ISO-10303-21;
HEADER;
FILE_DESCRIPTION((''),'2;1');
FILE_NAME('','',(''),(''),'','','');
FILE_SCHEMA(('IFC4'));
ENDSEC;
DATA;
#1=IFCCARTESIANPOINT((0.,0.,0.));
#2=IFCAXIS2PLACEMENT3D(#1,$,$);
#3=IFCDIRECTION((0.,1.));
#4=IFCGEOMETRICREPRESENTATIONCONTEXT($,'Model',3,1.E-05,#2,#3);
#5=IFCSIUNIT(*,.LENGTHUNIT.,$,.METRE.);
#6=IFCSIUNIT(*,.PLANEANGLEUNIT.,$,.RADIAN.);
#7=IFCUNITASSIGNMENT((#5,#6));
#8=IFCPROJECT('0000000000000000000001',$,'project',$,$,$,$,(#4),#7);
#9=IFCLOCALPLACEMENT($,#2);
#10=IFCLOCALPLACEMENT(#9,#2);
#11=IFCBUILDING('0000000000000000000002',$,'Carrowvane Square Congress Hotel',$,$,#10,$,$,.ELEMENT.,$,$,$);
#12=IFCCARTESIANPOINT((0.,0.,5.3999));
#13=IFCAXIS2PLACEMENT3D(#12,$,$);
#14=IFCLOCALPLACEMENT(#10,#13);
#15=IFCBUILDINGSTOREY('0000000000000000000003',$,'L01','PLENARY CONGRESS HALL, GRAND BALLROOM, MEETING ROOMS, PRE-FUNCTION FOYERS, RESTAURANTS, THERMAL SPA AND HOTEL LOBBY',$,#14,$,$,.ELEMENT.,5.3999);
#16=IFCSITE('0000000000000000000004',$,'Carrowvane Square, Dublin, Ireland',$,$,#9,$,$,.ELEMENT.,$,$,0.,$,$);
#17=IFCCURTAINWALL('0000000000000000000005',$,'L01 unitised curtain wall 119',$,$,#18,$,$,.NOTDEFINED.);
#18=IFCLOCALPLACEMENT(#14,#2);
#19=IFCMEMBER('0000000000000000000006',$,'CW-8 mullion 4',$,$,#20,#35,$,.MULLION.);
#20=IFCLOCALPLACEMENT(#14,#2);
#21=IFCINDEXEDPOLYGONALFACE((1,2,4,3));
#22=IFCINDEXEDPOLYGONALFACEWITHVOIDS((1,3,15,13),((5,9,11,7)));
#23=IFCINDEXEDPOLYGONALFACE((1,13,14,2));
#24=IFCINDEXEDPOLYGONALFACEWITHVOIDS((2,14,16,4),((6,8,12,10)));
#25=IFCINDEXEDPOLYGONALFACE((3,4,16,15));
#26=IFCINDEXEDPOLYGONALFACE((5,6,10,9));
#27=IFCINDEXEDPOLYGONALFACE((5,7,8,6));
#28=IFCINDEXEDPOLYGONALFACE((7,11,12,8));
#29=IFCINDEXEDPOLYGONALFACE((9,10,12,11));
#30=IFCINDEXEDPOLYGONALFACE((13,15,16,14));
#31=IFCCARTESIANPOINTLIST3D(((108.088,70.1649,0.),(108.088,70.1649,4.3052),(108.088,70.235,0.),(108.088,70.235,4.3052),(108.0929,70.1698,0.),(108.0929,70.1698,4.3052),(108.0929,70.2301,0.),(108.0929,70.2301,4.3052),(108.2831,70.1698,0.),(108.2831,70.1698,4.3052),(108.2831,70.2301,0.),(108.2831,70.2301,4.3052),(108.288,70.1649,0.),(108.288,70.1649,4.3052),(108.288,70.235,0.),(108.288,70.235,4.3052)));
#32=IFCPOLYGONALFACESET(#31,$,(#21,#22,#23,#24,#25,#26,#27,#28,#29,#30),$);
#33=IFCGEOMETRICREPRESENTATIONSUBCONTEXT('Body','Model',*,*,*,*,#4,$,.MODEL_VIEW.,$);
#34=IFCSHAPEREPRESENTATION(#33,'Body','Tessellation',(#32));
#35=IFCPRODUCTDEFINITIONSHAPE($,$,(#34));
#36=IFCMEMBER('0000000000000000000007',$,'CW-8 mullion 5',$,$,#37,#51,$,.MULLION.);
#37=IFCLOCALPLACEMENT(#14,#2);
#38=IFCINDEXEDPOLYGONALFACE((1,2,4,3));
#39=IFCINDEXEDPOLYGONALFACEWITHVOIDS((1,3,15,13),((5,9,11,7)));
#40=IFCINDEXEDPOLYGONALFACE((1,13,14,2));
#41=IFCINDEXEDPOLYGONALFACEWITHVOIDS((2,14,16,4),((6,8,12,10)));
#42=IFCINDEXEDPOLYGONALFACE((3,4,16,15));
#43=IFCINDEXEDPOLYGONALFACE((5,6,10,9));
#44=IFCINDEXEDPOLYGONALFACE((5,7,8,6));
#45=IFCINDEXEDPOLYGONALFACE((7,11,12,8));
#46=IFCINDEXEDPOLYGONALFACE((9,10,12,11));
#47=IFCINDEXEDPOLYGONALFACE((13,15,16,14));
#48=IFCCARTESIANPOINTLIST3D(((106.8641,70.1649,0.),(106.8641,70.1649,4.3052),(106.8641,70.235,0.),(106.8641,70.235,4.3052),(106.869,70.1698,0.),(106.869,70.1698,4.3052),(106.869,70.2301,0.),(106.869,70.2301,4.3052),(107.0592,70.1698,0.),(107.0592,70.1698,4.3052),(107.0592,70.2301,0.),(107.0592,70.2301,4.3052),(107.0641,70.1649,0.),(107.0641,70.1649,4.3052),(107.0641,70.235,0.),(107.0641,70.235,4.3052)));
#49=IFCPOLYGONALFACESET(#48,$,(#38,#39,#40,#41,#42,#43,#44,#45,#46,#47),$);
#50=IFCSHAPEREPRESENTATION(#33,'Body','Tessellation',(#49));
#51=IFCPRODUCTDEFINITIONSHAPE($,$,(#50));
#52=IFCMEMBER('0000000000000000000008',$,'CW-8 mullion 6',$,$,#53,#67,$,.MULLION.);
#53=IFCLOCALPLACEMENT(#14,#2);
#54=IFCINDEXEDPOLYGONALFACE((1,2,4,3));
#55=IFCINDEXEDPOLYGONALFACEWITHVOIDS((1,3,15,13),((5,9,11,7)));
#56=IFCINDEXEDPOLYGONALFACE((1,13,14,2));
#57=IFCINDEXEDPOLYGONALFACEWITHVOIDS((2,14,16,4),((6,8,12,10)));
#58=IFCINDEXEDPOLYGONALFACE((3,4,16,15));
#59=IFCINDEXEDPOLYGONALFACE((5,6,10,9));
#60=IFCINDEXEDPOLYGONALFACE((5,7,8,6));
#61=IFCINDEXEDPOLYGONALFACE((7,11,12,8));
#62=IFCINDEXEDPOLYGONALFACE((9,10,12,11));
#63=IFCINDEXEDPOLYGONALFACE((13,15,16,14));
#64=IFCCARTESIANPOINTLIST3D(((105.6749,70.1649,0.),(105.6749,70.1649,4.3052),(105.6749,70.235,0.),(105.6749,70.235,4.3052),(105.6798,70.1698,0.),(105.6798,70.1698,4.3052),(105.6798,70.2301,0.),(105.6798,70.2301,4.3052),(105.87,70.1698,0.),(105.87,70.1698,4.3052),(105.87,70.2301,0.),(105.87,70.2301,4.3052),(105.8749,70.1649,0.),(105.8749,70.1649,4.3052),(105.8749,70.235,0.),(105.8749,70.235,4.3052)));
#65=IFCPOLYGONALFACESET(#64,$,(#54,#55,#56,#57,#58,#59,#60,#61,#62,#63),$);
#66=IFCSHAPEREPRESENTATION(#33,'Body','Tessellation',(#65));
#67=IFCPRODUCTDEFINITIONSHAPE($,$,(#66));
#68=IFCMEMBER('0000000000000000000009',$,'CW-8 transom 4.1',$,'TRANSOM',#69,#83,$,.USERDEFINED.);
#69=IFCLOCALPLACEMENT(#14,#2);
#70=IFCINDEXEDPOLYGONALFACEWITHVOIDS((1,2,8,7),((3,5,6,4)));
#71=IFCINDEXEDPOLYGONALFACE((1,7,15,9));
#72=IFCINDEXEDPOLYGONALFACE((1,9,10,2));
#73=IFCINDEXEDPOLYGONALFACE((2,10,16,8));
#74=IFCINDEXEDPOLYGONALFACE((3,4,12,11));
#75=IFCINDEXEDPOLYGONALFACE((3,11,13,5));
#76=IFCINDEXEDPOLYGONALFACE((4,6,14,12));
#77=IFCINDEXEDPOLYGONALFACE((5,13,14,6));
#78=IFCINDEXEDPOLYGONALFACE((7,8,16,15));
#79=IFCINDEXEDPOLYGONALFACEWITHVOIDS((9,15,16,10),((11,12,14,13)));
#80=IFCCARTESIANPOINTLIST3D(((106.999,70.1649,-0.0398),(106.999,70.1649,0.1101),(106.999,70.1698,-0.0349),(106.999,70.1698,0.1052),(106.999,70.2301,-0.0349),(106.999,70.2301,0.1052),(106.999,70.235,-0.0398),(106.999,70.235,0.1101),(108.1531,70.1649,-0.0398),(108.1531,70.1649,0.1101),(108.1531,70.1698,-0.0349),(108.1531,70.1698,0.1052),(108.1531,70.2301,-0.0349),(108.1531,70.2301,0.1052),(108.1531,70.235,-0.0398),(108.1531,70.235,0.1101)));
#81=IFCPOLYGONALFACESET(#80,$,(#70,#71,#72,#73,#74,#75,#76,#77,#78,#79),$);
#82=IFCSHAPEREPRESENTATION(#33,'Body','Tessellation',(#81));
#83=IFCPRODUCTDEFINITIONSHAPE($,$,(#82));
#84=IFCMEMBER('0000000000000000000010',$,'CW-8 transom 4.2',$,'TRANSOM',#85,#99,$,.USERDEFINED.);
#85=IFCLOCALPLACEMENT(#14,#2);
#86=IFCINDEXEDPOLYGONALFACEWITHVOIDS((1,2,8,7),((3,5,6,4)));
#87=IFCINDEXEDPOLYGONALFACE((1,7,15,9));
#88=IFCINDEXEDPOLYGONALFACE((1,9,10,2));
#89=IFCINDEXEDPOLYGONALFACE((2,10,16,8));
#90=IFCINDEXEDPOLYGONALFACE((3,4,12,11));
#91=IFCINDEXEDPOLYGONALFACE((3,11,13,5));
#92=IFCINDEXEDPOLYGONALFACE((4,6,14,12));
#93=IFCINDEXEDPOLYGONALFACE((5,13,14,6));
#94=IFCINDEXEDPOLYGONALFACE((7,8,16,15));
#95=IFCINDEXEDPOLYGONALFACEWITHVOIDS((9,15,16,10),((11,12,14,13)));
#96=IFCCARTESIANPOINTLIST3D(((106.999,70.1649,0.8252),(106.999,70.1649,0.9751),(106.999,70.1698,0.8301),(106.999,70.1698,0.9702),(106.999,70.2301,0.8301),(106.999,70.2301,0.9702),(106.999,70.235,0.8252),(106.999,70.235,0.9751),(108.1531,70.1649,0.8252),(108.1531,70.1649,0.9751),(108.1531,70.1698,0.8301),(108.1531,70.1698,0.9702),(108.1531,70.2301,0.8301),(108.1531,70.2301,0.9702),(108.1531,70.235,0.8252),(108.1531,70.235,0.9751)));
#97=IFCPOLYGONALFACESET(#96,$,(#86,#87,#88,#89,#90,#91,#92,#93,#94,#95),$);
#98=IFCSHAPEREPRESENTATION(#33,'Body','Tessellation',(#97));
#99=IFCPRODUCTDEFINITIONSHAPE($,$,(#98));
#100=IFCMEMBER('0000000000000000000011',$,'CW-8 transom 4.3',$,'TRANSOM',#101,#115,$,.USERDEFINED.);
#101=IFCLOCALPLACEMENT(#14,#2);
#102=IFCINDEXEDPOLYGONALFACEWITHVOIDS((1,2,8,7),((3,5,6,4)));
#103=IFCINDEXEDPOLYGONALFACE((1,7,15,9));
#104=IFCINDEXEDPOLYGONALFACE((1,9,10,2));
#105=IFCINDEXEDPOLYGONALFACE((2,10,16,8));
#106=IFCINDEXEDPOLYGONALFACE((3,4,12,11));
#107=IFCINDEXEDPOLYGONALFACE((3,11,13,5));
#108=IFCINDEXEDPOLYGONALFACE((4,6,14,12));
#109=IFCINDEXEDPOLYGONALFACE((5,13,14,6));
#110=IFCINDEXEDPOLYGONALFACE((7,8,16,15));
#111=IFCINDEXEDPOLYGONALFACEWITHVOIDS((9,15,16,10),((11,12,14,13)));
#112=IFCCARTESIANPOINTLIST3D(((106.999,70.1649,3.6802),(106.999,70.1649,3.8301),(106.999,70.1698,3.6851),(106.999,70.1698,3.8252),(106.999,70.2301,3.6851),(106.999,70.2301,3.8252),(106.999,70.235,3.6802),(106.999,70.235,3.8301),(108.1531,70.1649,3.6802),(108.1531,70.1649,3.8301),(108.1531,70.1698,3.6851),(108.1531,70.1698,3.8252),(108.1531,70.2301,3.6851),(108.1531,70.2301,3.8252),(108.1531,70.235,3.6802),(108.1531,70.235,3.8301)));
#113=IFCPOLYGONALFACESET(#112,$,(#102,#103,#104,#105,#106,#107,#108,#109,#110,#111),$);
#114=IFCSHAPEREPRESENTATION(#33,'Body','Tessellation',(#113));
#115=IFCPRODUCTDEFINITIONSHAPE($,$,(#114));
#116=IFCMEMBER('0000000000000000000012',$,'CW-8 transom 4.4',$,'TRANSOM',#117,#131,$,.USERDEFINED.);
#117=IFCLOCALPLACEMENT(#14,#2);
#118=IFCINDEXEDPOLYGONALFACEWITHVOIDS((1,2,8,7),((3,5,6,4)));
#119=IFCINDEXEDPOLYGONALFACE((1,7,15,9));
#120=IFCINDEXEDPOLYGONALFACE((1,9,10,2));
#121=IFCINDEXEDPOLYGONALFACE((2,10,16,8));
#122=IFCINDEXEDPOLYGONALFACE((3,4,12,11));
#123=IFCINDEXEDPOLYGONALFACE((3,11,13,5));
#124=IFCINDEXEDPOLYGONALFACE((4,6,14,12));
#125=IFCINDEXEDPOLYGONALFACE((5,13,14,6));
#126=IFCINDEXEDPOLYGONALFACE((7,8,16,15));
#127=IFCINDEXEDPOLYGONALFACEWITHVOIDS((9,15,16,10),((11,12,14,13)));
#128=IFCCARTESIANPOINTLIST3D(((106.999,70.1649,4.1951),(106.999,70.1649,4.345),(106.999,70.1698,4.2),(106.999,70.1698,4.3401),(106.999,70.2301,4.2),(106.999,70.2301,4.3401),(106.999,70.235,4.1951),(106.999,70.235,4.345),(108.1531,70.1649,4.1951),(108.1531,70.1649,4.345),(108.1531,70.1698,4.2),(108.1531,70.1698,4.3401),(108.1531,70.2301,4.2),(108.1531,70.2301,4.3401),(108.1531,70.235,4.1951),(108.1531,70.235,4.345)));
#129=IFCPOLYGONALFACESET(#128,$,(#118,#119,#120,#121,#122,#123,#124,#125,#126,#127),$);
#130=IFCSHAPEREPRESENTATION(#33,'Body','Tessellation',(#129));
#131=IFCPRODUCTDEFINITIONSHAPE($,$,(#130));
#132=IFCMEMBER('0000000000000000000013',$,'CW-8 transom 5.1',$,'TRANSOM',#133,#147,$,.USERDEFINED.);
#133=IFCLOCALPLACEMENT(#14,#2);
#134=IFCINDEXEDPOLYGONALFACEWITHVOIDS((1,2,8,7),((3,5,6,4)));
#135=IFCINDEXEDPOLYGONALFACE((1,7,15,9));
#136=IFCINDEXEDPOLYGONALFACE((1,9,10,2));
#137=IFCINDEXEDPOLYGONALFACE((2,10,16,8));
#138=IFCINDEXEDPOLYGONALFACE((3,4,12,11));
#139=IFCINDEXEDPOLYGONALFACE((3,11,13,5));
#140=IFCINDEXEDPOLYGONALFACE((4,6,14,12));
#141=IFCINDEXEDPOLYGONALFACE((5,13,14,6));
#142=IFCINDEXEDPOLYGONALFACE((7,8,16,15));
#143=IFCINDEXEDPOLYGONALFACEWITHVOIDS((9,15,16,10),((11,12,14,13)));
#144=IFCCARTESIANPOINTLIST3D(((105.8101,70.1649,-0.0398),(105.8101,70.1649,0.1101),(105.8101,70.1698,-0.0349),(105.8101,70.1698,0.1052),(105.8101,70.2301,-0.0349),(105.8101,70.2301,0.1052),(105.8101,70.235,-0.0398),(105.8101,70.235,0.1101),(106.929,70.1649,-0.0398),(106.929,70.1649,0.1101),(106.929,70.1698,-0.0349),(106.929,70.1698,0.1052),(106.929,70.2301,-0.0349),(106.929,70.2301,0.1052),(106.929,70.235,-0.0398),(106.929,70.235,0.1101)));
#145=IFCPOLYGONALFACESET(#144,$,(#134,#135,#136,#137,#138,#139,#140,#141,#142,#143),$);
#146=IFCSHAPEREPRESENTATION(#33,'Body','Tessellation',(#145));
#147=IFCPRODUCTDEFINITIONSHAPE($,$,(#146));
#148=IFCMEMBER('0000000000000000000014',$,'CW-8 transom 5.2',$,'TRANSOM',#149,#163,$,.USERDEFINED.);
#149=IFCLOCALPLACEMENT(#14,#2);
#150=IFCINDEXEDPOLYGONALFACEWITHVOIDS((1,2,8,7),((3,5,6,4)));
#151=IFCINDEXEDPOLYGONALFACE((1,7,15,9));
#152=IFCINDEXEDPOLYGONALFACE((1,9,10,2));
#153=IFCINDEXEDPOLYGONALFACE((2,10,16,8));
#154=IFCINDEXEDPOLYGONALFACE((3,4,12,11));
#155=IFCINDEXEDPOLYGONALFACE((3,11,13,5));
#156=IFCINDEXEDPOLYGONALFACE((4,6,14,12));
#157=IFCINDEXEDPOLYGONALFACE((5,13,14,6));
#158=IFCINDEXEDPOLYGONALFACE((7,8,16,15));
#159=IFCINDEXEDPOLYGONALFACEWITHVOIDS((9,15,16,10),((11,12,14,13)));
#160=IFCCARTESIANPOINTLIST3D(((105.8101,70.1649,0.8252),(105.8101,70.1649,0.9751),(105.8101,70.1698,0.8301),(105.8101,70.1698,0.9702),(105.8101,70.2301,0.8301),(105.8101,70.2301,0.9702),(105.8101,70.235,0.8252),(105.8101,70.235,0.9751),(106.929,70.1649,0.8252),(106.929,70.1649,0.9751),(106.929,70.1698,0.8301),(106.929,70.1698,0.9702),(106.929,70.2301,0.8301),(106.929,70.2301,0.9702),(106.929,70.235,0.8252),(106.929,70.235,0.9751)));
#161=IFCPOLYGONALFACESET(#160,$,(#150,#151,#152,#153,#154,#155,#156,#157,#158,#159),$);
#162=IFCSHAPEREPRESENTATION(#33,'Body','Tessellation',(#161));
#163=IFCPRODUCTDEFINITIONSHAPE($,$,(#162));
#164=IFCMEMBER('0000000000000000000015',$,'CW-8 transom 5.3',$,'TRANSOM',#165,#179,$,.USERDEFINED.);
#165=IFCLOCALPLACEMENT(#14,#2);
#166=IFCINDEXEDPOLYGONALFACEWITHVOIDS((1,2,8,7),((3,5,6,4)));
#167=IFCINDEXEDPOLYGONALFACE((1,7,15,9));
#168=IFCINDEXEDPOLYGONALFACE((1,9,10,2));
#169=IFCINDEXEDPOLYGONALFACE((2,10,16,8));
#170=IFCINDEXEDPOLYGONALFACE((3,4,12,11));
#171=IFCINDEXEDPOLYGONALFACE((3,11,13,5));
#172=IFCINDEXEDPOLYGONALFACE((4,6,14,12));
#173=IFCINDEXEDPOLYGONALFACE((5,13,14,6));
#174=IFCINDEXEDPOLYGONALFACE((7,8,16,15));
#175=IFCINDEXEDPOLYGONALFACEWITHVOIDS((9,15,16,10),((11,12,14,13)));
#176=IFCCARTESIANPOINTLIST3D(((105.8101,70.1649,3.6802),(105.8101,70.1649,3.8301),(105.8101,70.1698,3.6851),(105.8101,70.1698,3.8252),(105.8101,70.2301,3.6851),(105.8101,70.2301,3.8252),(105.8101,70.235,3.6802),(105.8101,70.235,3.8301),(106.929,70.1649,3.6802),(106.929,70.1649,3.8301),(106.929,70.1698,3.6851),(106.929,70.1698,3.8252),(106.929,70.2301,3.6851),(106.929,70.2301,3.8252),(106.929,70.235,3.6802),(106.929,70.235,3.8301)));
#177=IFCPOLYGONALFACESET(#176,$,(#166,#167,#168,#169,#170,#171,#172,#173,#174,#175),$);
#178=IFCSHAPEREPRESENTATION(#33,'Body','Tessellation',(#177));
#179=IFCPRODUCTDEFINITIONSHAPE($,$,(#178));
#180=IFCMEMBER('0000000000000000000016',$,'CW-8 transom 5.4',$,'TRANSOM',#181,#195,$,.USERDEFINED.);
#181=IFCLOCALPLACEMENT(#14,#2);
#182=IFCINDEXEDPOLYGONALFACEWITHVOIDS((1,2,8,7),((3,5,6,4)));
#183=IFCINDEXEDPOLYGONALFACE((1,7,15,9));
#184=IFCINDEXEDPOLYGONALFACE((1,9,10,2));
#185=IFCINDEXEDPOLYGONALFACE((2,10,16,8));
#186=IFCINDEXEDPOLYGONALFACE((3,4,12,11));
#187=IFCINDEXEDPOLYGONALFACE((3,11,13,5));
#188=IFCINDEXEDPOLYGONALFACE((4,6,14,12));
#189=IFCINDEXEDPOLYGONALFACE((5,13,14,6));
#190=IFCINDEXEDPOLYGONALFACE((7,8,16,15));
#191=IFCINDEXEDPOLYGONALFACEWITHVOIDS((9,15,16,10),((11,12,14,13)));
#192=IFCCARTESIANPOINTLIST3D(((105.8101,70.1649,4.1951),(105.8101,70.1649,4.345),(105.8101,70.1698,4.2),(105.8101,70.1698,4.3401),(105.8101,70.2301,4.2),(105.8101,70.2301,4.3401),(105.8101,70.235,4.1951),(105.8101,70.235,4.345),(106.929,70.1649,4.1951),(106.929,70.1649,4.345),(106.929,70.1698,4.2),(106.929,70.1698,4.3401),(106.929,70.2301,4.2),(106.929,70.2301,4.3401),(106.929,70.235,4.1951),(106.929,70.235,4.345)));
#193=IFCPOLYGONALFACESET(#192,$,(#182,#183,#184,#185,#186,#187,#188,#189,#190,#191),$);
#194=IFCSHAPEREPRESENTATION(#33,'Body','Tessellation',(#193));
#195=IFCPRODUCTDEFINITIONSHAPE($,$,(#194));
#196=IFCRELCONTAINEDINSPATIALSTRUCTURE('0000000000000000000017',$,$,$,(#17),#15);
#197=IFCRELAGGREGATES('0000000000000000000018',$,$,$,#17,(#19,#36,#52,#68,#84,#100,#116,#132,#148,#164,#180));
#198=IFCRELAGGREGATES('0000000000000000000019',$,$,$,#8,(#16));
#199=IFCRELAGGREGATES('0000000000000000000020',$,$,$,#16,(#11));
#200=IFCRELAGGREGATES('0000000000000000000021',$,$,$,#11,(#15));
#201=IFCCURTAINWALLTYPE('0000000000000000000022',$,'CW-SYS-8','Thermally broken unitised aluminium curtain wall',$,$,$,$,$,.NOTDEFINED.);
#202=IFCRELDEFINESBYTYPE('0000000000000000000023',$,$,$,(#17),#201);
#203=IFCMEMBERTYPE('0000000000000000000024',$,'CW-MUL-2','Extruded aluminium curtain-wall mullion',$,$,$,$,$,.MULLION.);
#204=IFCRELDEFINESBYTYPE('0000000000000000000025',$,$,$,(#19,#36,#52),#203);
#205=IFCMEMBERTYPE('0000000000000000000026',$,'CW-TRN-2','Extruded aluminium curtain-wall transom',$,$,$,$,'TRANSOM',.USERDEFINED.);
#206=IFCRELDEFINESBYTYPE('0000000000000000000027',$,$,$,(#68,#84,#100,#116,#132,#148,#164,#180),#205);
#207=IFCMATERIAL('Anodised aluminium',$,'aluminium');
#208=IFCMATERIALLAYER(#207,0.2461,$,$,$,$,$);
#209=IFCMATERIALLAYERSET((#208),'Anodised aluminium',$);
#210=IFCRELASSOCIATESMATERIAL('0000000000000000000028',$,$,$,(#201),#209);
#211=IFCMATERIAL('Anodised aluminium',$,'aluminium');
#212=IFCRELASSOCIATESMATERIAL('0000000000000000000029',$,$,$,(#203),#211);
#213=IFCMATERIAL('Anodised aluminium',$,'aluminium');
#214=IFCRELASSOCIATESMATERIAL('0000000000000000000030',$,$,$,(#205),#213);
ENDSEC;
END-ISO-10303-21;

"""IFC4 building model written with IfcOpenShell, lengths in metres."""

from ifc_helpers import new_model, si_unit, direction, frame, origin, origin_2d, place, context, subcontext, project, spatial, hollow_rectangle, extrude, material, layer, layer_set, material_profile, profile_set, type_object, element, aggregate, save


model = new_model("IFC4")

# Units and contexts
model_context = context("Model", 3, precision=1e-05, world=origin(), true_north=direction((0.0, 1.0)))
body_context = subcontext(model_context, "Body", "Model", "MODEL_VIEW")
ifc_project = project(units=[si_unit("LENGTHUNIT", "METRE"), si_unit("PLANEANGLEUNIT", "RADIAN")], contexts=[model_context])

# Site, building, storey
site_placement = place(None, origin())
site = spatial("IfcSite", under=ifc_project, at=site_placement, Name="Carrowvane Square, Dublin, Ireland", CompositionType="ELEMENT", RefElevation=0.0)
building_placement = place(site_placement, origin())
building = spatial("IfcBuilding", under=site, at=building_placement, Name="Carrowvane Square Congress Hotel", CompositionType="ELEMENT")
storey_placement = place(building_placement, frame((0.0, 0.0, 5.3999)))
storey = spatial("IfcBuildingStorey", under=building, at=storey_placement, Name="L01", Description="PLENARY CONGRESS HALL, GRAND BALLROOM, MEETING ROOMS, PRE-FUNCTION FOYERS, RESTAURANTS, THERMAL SPA AND HOTEL LOBBY", CompositionType="ELEMENT", Elevation=5.3999)

# Curtain wall, members
ifc_material_1 = material(Name="Anodised aluminium", Category="aluminium")
ifc_layer_1 = layer(ifc_material_1, 0.2461)
ifc_layer_set_1 = layer_set([ifc_layer_1], Name="Anodised aluminium")
curtain_wall_type = type_object("IfcCurtainWallType", Name="CW-SYS-8", Description="Thermally broken unitised aluminium curtain wall", PredefinedType="NOTDEFINED", material=ifc_layer_set_1)
curtain_wall_placement = place(storey_placement, origin())
curtain_wall = element("IfcCurtainWall", 1, at=curtain_wall_placement, inside=storey, type_object=curtain_wall_type, Name="L01 unitised curtain wall 119", PredefinedType="NOTDEFINED")
ifc_material_2 = material(Name="Anodised aluminium", Category="aluminium")
ifc_material_profile_1 = material_profile(ifc_material_2, hollow_rectangle(XDim=0.0701, YDim=0.2, WallThickness=0.0049, at=origin_2d()), Name="CW-ML 70x200x5")
ifc_profile_set_1 = profile_set([ifc_material_profile_1], Name="Anodised aluminium")
member_type_1 = type_object("IfcMemberType", Name="CW-MUL-2", Description="Extruded aluminium curtain-wall mullion", PredefinedType="MULLION", material=ifc_profile_set_1)
member_1_placement = place(storey_placement, frame((108.188, 70.2, 0.0), z_axis=(0.0, 0.0, 1.0), x_axis=(0.0, -1.0, 0.0)))
member_1 = element("IfcMember", 2, at=member_1_placement, type_object=member_type_1, Name="CW-8 mullion 4", PredefinedType="MULLION", context=body_context, shape_type="SweptSolid", body=[
    extrude(hollow_rectangle(XDim=0.0701, YDim=0.2, WallThickness=0.0049, at=origin_2d()), origin(), (0.0, 0.0, 1.0), 4.3052),
])
member_2_placement = place(storey_placement, frame((106.9641, 70.2, 0.0), z_axis=(0.0, 0.0, 1.0), x_axis=(0.0, -1.0, 0.0)))
member_2 = element("IfcMember", 3, at=member_2_placement, type_object=member_type_1, Name="CW-8 mullion 5", PredefinedType="MULLION", context=body_context, shape_type="SweptSolid", body=[
    extrude(hollow_rectangle(XDim=0.0701, YDim=0.2, WallThickness=0.0049, at=origin_2d()), origin(), (0.0, 0.0, 1.0), 4.3052),
])
member_3_placement = place(storey_placement, frame((105.7749, 70.2, 0.0), z_axis=(0.0, 0.0, 1.0), x_axis=(0.0, -1.0, 0.0)))
member_3 = element("IfcMember", 4, at=member_3_placement, type_object=member_type_1, Name="CW-8 mullion 6", PredefinedType="MULLION", context=body_context, shape_type="SweptSolid", body=[
    extrude(hollow_rectangle(XDim=0.0701, YDim=0.2, WallThickness=0.0049, at=origin_2d()), origin(), (0.0, 0.0, 1.0), 4.3052),
])
ifc_material_3 = material(Name="Anodised aluminium", Category="aluminium")
ifc_material_profile_2 = material_profile(ifc_material_3, hollow_rectangle(XDim=0.0701, YDim=0.1499, WallThickness=0.0049, at=origin_2d()), Name="CW-TR 70x150x5")
ifc_profile_set_2 = profile_set([ifc_material_profile_2], Name="Anodised aluminium")
member_type_2 = type_object("IfcMemberType", Name="CW-TRN-2", Description="Extruded aluminium curtain-wall transom", ElementType="TRANSOM", PredefinedType="USERDEFINED", material=ifc_profile_set_2)
member_4_placement = place(storey_placement, frame((108.1531, 70.2, 0.0352), z_axis=(-1.0, 0.0, 0.0), x_axis=(0.0, -1.0, 0.0)))
member_4 = element("IfcMember", 5, at=member_4_placement, type_object=member_type_2, Name="CW-8 transom 4.1", ObjectType="TRANSOM", PredefinedType="USERDEFINED", context=body_context, shape_type="SweptSolid", body=[
    extrude(hollow_rectangle(XDim=0.0701, YDim=0.1499, WallThickness=0.0049, at=origin_2d()), origin(), (0.0, 0.0, 1.0), 1.1541),
])
member_5_placement = place(storey_placement, frame((108.1531, 70.2, 0.9001), z_axis=(-1.0, 0.0, 0.0), x_axis=(0.0, -1.0, 0.0)))
member_5 = element("IfcMember", 6, at=member_5_placement, type_object=member_type_2, Name="CW-8 transom 4.2", ObjectType="TRANSOM", PredefinedType="USERDEFINED", context=body_context, shape_type="SweptSolid", body=[
    extrude(hollow_rectangle(XDim=0.0701, YDim=0.1499, WallThickness=0.0049, at=origin_2d()), origin(), (0.0, 0.0, 1.0), 1.1541),
])
member_6_placement = place(storey_placement, frame((108.1531, 70.2, 3.7551), z_axis=(-1.0, 0.0, 0.0), x_axis=(0.0, -1.0, 0.0)))
member_6 = element("IfcMember", 7, at=member_6_placement, type_object=member_type_2, Name="CW-8 transom 4.3", ObjectType="TRANSOM", PredefinedType="USERDEFINED", context=body_context, shape_type="SweptSolid", body=[
    extrude(hollow_rectangle(XDim=0.0701, YDim=0.1499, WallThickness=0.0049, at=origin_2d()), origin(), (0.0, 0.0, 1.0), 1.1541),
])
member_7_placement = place(storey_placement, frame((108.1531, 70.2, 4.27), z_axis=(-1.0, 0.0, 0.0), x_axis=(0.0, -1.0, 0.0)))
member_7 = element("IfcMember", 8, at=member_7_placement, type_object=member_type_2, Name="CW-8 transom 4.4", ObjectType="TRANSOM", PredefinedType="USERDEFINED", context=body_context, shape_type="SweptSolid", body=[
    extrude(hollow_rectangle(XDim=0.0701, YDim=0.1499, WallThickness=0.0049, at=origin_2d()), origin(), (0.0, 0.0, 1.0), 1.1541),
])
member_8_placement = place(storey_placement, frame((106.929, 70.2, 0.0352), z_axis=(-1.0, 0.0, 0.0), x_axis=(0.0, -1.0, 0.0)))
member_8 = element("IfcMember", 9, at=member_8_placement, type_object=member_type_2, Name="CW-8 transom 5.1", ObjectType="TRANSOM", PredefinedType="USERDEFINED", context=body_context, shape_type="SweptSolid", body=[
    extrude(hollow_rectangle(XDim=0.0701, YDim=0.1499, WallThickness=0.0049, at=origin_2d()), origin(), (0.0, 0.0, 1.0), 1.1189),
])
member_9_placement = place(storey_placement, frame((106.929, 70.2, 0.9001), z_axis=(-1.0, 0.0, 0.0), x_axis=(0.0, -1.0, 0.0)))
member_9 = element("IfcMember", 10, at=member_9_placement, type_object=member_type_2, Name="CW-8 transom 5.2", ObjectType="TRANSOM", PredefinedType="USERDEFINED", context=body_context, shape_type="SweptSolid", body=[
    extrude(hollow_rectangle(XDim=0.0701, YDim=0.1499, WallThickness=0.0049, at=origin_2d()), origin(), (0.0, 0.0, 1.0), 1.1189),
])
member_10_placement = place(storey_placement, frame((106.929, 70.2, 3.7551), z_axis=(-1.0, 0.0, 0.0), x_axis=(0.0, -1.0, 0.0)))
member_10 = element("IfcMember", 11, at=member_10_placement, type_object=member_type_2, Name="CW-8 transom 5.3", ObjectType="TRANSOM", PredefinedType="USERDEFINED", context=body_context, shape_type="SweptSolid", body=[
    extrude(hollow_rectangle(XDim=0.0701, YDim=0.1499, WallThickness=0.0049, at=origin_2d()), origin(), (0.0, 0.0, 1.0), 1.1189),
])
member_11_placement = place(storey_placement, frame((106.929, 70.2, 4.27), z_axis=(-1.0, 0.0, 0.0), x_axis=(0.0, -1.0, 0.0)))
member_11 = element("IfcMember", 12, at=member_11_placement, type_object=member_type_2, Name="CW-8 transom 5.4", ObjectType="TRANSOM", PredefinedType="USERDEFINED", context=body_context, shape_type="SweptSolid", body=[
    extrude(hollow_rectangle(XDim=0.0701, YDim=0.1499, WallThickness=0.0049, at=origin_2d()), origin(), (0.0, 0.0, 1.0), 1.1189),
])
aggregate(curtain_wall, [member_1, member_2, member_3, member_4, member_5, member_6, member_7, member_8, member_9, member_10, member_11])

save(model, "model.ifc")
